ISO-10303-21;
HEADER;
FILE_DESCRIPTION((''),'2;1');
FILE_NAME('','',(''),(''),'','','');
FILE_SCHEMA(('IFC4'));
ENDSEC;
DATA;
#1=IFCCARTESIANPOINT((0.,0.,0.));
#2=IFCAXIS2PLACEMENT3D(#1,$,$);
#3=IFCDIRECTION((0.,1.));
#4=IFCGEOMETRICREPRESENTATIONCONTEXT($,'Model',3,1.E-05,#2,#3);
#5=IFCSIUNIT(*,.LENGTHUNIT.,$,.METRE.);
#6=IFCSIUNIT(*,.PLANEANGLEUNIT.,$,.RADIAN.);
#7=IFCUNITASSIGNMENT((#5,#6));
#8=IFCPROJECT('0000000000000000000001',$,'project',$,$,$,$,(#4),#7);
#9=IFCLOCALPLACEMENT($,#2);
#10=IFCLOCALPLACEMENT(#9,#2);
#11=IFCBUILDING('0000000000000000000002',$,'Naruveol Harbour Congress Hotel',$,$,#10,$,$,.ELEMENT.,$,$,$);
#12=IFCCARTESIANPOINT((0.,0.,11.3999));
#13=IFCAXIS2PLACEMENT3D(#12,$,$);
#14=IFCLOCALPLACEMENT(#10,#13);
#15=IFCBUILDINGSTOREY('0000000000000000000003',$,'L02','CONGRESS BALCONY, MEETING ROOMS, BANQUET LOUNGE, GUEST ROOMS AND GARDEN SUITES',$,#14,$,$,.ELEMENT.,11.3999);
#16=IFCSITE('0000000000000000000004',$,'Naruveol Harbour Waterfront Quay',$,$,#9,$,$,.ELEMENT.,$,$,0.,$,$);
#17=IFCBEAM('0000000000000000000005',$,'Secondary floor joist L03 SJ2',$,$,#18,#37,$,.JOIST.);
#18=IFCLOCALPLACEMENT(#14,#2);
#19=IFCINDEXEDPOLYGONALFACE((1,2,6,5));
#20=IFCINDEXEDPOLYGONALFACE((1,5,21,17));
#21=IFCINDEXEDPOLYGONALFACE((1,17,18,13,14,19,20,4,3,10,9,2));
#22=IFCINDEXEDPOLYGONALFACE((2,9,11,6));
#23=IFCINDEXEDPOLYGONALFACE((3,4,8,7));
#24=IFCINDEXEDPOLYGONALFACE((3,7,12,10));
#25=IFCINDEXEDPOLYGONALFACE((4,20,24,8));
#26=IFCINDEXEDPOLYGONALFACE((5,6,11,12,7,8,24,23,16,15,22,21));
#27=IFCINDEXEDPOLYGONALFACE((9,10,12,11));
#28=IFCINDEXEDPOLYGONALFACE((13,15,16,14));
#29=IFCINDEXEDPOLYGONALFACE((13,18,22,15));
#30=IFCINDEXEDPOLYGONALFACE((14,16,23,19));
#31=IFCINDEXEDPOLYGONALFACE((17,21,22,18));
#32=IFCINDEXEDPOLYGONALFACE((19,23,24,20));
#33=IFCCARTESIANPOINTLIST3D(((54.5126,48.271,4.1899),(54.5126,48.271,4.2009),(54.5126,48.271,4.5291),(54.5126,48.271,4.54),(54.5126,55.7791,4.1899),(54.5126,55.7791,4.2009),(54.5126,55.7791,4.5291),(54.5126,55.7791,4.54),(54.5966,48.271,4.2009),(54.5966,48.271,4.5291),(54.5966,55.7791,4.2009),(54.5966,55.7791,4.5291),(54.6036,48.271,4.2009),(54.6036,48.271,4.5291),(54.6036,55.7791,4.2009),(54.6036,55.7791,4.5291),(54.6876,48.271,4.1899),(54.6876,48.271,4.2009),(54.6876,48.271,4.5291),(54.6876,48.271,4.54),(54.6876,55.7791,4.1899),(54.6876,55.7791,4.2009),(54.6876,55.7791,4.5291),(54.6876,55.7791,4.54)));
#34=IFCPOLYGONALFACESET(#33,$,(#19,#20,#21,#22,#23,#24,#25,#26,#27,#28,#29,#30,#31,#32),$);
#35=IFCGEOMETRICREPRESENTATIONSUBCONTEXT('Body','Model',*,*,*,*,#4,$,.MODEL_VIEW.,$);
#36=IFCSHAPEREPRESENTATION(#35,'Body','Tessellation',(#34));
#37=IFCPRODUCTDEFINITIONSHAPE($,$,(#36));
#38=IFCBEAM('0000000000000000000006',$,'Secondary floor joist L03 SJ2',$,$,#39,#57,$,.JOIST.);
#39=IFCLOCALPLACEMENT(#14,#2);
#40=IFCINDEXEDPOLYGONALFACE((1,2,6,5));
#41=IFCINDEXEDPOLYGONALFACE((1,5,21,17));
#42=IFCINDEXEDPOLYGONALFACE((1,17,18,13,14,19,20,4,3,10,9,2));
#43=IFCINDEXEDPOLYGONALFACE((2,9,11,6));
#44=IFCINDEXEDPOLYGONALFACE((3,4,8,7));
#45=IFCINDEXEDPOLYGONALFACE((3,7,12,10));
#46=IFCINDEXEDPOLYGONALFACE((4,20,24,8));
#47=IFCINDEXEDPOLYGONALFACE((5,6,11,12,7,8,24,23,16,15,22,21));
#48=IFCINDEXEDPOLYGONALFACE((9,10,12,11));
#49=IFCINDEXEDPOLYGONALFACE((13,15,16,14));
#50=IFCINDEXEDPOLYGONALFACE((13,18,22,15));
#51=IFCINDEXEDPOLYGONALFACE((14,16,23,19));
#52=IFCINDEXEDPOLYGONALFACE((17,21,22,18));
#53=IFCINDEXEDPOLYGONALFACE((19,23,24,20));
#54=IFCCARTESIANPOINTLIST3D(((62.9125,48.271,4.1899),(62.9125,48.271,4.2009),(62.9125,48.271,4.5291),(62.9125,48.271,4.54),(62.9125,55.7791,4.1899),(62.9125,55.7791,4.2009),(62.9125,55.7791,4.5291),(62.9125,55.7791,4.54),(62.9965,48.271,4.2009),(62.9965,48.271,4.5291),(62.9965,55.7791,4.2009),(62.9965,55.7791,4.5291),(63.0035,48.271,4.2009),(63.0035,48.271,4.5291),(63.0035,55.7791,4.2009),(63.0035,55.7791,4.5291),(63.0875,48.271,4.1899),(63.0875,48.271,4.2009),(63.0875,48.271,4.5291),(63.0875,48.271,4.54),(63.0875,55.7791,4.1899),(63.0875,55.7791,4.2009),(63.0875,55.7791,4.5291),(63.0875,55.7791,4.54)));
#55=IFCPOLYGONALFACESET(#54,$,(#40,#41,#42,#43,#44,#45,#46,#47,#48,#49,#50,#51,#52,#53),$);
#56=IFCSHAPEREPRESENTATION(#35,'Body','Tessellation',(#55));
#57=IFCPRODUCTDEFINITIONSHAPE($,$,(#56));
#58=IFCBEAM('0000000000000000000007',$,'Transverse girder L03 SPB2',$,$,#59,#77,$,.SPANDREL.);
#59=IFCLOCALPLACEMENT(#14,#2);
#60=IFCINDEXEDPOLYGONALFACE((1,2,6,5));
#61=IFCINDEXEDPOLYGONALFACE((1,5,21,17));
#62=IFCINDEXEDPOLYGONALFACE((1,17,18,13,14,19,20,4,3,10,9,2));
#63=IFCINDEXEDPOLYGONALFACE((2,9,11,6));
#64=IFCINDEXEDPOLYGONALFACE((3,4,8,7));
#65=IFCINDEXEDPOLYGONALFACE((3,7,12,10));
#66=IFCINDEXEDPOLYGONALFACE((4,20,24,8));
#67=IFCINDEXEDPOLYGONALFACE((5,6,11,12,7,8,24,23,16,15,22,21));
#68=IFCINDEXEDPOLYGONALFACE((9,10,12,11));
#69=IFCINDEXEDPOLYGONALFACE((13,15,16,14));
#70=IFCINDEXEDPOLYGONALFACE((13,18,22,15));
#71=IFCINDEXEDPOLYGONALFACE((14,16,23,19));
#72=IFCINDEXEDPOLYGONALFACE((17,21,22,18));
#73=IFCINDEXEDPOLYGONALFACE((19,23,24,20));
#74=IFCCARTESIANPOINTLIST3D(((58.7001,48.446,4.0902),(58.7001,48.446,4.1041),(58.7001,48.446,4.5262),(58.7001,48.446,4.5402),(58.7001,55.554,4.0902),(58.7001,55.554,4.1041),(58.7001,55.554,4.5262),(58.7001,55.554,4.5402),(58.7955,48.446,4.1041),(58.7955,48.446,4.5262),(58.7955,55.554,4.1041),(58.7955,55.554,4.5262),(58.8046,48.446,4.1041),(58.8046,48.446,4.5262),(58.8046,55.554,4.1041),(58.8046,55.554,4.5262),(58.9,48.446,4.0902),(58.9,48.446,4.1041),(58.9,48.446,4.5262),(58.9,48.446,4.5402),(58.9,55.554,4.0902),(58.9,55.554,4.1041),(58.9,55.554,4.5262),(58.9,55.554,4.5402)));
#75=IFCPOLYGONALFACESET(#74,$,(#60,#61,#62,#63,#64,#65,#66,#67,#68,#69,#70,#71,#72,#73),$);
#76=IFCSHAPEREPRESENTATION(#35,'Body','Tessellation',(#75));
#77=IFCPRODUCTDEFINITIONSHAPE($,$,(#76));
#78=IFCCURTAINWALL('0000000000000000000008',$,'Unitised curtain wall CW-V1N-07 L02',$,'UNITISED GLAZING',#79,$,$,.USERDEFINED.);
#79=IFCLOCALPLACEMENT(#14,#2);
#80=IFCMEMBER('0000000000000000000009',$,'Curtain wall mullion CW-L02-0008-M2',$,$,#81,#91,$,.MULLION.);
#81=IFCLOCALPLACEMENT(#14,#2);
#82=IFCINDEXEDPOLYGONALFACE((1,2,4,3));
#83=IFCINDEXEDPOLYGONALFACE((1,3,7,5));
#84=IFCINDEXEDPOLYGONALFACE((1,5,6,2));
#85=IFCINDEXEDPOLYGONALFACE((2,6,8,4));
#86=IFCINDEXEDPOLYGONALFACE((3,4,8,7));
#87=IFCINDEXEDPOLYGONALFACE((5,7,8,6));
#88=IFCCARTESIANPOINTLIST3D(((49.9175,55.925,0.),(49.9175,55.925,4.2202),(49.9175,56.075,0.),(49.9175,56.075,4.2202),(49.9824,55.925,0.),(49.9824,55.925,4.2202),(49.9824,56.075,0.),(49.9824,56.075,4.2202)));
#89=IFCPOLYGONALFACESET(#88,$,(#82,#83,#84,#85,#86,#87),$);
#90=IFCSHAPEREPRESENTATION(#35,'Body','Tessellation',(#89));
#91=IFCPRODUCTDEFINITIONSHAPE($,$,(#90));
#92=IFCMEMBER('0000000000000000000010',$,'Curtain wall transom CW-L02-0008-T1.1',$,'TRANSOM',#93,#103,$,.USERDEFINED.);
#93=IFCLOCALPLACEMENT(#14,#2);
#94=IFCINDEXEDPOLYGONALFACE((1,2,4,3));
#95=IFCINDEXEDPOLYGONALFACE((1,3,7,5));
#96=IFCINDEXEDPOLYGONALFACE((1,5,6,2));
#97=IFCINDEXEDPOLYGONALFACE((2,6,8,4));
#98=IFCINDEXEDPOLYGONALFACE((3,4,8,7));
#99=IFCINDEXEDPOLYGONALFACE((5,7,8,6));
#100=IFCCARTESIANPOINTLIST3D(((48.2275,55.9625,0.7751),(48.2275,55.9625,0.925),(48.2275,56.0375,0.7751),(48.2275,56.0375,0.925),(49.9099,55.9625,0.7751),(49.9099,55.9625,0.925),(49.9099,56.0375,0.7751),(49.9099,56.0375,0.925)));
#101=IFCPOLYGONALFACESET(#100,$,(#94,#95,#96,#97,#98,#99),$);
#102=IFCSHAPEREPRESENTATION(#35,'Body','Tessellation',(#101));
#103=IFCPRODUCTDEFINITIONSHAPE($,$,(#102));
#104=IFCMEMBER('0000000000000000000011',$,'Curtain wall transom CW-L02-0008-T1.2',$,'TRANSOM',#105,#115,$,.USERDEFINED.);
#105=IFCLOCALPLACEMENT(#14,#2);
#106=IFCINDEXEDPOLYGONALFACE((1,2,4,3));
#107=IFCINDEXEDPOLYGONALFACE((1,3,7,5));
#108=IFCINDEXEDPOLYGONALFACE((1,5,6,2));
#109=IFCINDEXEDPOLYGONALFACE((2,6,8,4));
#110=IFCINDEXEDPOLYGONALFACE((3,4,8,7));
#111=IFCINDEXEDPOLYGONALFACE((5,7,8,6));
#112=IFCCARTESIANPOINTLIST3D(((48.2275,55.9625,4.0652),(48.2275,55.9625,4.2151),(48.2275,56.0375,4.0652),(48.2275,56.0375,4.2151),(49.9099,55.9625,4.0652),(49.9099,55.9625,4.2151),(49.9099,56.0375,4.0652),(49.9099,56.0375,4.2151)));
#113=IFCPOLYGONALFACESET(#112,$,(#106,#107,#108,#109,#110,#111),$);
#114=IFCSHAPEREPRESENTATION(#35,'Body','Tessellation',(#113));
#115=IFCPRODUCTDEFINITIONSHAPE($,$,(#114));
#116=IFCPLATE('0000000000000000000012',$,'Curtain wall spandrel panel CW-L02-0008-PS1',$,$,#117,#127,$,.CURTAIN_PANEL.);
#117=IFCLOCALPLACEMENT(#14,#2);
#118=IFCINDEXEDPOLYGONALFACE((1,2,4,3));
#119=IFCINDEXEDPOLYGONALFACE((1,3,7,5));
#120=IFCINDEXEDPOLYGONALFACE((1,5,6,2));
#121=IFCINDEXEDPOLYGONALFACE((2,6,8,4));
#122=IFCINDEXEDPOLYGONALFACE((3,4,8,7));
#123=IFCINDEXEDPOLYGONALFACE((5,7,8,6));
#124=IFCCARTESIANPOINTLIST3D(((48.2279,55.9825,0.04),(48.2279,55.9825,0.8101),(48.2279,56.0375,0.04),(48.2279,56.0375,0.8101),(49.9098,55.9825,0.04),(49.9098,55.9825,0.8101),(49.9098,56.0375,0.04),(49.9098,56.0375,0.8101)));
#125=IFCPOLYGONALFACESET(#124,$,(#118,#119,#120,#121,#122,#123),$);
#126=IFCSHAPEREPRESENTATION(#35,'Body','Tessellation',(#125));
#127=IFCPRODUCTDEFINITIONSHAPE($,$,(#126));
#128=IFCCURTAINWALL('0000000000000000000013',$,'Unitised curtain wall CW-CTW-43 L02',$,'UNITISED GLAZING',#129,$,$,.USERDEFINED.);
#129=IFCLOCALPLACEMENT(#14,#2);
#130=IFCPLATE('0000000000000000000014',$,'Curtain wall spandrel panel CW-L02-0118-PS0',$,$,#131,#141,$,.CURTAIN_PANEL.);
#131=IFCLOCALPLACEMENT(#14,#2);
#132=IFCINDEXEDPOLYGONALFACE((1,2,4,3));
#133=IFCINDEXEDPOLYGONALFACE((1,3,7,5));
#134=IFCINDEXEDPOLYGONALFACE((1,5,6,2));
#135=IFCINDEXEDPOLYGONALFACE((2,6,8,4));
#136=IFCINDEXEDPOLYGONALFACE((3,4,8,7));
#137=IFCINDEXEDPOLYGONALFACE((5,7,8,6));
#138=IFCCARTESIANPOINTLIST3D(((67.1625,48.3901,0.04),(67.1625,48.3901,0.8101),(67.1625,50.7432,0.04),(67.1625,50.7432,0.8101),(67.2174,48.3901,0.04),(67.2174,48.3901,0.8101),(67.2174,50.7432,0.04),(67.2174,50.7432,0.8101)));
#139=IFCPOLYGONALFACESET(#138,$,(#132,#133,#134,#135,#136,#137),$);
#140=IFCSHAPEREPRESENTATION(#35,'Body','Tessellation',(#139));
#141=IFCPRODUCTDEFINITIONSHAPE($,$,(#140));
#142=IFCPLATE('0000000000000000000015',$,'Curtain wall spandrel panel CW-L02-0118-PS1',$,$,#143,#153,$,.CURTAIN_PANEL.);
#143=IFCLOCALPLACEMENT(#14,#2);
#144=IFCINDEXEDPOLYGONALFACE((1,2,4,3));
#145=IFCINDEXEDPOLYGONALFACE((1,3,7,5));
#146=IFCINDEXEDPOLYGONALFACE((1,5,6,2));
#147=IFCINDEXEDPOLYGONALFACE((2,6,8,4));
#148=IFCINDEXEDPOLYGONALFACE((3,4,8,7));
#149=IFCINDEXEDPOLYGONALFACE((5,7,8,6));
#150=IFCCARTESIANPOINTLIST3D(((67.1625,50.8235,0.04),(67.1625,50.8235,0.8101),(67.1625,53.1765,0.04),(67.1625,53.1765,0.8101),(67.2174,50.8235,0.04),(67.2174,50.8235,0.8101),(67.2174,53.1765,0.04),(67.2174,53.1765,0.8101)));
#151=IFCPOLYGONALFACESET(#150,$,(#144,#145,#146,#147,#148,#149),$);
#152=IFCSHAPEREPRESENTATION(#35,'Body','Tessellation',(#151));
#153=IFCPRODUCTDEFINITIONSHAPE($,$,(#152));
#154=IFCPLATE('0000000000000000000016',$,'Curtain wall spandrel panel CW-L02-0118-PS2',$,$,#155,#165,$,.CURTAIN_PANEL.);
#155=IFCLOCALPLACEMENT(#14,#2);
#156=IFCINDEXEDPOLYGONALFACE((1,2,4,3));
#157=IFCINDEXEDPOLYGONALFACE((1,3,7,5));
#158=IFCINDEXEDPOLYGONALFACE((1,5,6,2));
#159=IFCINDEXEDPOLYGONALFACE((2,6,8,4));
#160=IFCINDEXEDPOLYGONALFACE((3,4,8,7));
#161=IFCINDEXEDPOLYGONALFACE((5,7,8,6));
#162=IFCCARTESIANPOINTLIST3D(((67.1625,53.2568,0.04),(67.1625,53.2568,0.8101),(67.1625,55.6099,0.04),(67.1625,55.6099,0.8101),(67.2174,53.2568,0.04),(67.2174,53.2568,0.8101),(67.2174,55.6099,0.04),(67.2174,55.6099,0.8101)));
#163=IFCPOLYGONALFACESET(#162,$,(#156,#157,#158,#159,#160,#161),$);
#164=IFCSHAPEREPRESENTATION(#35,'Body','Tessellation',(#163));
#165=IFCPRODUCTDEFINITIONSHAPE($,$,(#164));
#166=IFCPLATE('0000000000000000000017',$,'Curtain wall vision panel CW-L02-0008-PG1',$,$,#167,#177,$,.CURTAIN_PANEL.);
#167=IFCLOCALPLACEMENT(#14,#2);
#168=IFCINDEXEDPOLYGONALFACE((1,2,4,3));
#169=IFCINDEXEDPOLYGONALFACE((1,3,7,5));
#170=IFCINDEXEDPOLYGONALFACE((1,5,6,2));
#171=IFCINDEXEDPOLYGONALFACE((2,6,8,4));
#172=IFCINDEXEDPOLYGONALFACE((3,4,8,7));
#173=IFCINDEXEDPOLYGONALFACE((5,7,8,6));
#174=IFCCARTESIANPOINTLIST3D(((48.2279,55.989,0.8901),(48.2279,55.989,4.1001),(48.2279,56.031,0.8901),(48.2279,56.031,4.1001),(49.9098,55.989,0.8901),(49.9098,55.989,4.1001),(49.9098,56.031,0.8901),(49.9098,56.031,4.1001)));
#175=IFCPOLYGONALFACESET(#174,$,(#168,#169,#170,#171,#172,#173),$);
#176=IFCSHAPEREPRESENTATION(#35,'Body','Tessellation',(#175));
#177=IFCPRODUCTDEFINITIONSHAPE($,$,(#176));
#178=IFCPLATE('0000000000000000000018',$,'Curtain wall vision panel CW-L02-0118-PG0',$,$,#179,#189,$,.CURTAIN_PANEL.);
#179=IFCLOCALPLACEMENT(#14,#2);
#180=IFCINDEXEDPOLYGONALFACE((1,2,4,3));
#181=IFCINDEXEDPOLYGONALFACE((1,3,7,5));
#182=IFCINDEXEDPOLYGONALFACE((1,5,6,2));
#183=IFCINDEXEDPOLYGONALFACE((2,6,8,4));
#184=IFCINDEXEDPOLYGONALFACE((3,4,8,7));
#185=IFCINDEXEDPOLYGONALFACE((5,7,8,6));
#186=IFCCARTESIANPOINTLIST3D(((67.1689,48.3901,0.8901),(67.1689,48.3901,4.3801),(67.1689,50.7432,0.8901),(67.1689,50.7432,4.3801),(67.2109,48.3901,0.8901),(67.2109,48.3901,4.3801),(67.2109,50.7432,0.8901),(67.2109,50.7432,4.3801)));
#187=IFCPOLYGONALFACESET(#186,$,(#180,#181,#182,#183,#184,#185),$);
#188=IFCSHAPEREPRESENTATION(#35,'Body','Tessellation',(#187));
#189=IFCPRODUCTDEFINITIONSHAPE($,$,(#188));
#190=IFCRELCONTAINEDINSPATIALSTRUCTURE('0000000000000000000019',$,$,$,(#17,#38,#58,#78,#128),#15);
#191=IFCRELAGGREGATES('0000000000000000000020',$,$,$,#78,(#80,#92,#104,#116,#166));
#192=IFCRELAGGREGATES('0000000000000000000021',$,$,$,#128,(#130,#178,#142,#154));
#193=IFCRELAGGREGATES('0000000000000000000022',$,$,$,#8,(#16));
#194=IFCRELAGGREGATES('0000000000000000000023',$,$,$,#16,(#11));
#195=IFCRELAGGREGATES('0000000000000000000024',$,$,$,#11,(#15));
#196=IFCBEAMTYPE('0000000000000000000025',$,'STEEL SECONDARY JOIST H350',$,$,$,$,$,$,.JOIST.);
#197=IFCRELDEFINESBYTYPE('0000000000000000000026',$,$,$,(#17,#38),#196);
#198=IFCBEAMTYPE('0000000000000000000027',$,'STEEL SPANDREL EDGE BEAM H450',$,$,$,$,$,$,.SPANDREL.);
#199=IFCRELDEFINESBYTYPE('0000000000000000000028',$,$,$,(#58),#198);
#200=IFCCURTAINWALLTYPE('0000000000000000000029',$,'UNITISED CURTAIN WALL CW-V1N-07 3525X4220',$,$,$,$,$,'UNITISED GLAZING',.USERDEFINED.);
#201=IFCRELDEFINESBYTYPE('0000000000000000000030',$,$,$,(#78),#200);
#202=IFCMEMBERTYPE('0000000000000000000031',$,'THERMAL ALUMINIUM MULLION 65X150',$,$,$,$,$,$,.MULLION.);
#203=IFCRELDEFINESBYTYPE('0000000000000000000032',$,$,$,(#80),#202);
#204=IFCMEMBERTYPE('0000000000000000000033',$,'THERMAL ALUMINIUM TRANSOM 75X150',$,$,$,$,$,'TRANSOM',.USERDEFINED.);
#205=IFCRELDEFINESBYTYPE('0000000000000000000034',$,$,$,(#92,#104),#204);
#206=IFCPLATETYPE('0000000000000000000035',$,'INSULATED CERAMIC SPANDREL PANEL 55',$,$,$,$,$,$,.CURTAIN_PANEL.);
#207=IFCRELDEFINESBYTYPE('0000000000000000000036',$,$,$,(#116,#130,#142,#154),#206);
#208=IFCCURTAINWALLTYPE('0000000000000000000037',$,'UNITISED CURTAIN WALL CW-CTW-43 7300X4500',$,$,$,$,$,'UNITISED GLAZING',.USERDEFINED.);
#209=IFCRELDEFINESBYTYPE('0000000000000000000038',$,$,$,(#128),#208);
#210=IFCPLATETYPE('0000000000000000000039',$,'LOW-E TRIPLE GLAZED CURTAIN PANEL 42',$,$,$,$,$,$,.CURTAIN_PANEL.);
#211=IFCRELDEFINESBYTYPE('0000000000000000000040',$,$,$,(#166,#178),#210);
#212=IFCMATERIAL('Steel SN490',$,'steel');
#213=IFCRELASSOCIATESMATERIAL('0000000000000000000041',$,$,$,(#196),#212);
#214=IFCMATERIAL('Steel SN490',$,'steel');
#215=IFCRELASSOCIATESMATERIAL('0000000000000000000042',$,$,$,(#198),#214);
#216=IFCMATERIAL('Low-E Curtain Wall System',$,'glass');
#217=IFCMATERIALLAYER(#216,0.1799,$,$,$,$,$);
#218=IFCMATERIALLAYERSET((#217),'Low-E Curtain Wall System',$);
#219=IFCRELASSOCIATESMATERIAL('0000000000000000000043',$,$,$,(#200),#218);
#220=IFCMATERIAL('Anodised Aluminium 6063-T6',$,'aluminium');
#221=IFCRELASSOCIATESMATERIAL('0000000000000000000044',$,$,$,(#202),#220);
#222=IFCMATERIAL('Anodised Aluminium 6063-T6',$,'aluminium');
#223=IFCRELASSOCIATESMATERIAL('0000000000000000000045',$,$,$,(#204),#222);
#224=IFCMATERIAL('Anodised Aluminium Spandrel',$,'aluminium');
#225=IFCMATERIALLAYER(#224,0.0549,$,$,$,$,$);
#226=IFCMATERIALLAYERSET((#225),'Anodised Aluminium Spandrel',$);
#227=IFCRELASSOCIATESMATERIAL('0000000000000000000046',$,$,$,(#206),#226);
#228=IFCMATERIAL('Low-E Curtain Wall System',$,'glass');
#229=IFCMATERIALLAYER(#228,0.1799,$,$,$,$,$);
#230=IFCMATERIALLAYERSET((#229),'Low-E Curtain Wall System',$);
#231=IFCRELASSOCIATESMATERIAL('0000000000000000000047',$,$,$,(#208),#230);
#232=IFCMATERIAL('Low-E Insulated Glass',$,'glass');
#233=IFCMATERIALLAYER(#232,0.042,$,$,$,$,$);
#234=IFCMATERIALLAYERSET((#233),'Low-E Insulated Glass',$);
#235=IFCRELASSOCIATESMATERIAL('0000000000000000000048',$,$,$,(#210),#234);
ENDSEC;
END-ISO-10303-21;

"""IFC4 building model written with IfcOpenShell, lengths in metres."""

from ifc_helpers import new_model, si_unit, direction, frame, origin, origin_2d, place, context, subcontext, project, spatial, rectangle, i_section, extrude, material, layer, layer_set, material_profile, profile_set, type_object, element, aggregate, save


model = new_model("IFC4")

# Units and contexts
model_context = context("Model", 3, precision=1e-05, world=origin(), true_north=direction((0.0, 1.0)))
body_context = subcontext(model_context, "Body", "Model", "MODEL_VIEW")
ifc_project = project(units=[si_unit("LENGTHUNIT", "METRE"), si_unit("PLANEANGLEUNIT", "RADIAN")], contexts=[model_context])

# Site, building, storey
site_placement = place(None, origin())
site = spatial("IfcSite", under=ifc_project, at=site_placement, Name="Naruveol Harbour Waterfront Quay", CompositionType="ELEMENT", RefElevation=0.0)
building_placement = place(site_placement, origin())
building = spatial("IfcBuilding", under=site, at=building_placement, Name="Naruveol Harbour Congress Hotel", CompositionType="ELEMENT")
storey_placement = place(building_placement, frame((0.0, 0.0, 11.3999)))
storey = spatial("IfcBuildingStorey", under=building, at=storey_placement, Name="L02", Description="CONGRESS BALCONY, MEETING ROOMS, BANQUET LOUNGE, GUEST ROOMS AND GARDEN SUITES", CompositionType="ELEMENT", Elevation=11.3999)

# Beams
ifc_material_1 = material(Name="Steel SN490", Category="steel")
ifc_material_profile_1 = material_profile(ifc_material_1, i_section(OverallWidth=0.175, OverallDepth=0.3501, WebThickness=0.0071, FlangeThickness=0.011, at=origin_2d()), Name="H-350x175x7x11")
ifc_profile_set_1 = profile_set([ifc_material_profile_1], Name="Steel SN490")
beam_type_1 = type_object("IfcBeamType", Name="STEEL SECONDARY JOIST H350", PredefinedType="JOIST", material=ifc_profile_set_1)
for number, where, z_axis, x_axis, name in (
    (1, (54.6001, 48.271, 4.365), (0.0, 1.0, 0.0), (-1.0, 0.0, 0.0), "Secondary floor joist L03 SJ2"),
    (2, (63.0, 48.271, 4.365), (0.0, 1.0, 0.0), (-1.0, 0.0, 0.0), "Secondary floor joist L03 SJ2"),
):
    element("IfcBeam", number, at=place(storey_placement, frame(where, z_axis=z_axis, x_axis=x_axis)), inside=storey, type_object=beam_type_1, Name=name, PredefinedType="JOIST", context=body_context, shape_type="SweptSolid", body=[
        extrude(i_section(OverallWidth=0.175, OverallDepth=0.3501, WebThickness=0.0071, FlangeThickness=0.011, at=origin_2d()), origin(), (0.0, 0.0, 1.0), 7.5081),
    ])
ifc_material_2 = material(Name="Steel SN490", Category="steel")
ifc_material_profile_2 = material_profile(ifc_material_2, i_section(OverallWidth=0.2, OverallDepth=0.45, WebThickness=0.009, FlangeThickness=0.0139, at=origin_2d()), Name="H-450x200x9x14")
ifc_profile_set_2 = profile_set([ifc_material_profile_2], Name="Steel SN490")
beam_type_2 = type_object("IfcBeamType", Name="STEEL SPANDREL EDGE BEAM H450", PredefinedType="SPANDREL", material=ifc_profile_set_2)
beam_1_placement = place(storey_placement, frame((58.8, 48.446, 4.3152), z_axis=(0.0, 1.0, 0.0), x_axis=(-1.0, 0.0, 0.0)))
element("IfcBeam", 3, at=beam_1_placement, inside=storey, type_object=beam_type_2, Name="Transverse girder L03 SPB2", PredefinedType="SPANDREL", context=body_context, shape_type="SweptSolid", body=[
    extrude(i_section(OverallWidth=0.2, OverallDepth=0.45, WebThickness=0.009, FlangeThickness=0.0139, at=origin_2d()), origin(), (0.0, 0.0, 1.0), 7.1079),
])

# Curtain wall, members, plate
ifc_material_3 = material(Name="Low-E Curtain Wall System", Category="glass")
ifc_layer_1 = layer(ifc_material_3, 0.1799)
ifc_layer_set_1 = layer_set([ifc_layer_1], Name="Low-E Curtain Wall System")
curtain_wall_type_1 = type_object("IfcCurtainWallType", Name="UNITISED CURTAIN WALL CW-V1N-07 3525X4220", ElementType="UNITISED GLAZING", PredefinedType="USERDEFINED", material=ifc_layer_set_1)
curtain_wall_1_placement = place(storey_placement, origin())
curtain_wall_1 = element("IfcCurtainWall", 4, at=curtain_wall_1_placement, inside=storey, type_object=curtain_wall_type_1, Name="Unitised curtain wall CW-V1N-07 L02", ObjectType="UNITISED GLAZING", PredefinedType="USERDEFINED")
ifc_material_4 = material(Name="Anodised Aluminium 6063-T6", Category="aluminium")
ifc_material_profile_3 = material_profile(ifc_material_4, rectangle(XDim=0.0649, YDim=0.1499, at=origin_2d()), Name="ALU-65x150")
ifc_profile_set_3 = profile_set([ifc_material_profile_3], Name="Anodised Aluminium 6063-T6")
member_type_1 = type_object("IfcMemberType", Name="THERMAL ALUMINIUM MULLION 65X150", PredefinedType="MULLION", material=ifc_profile_set_3)
member_1_placement = place(storey_placement, frame((49.95, 56.0, 0.0), z_axis=(0.0, 0.0, 1.0), x_axis=(1.0, 0.0, 0.0)))
member_1 = element("IfcMember", 5, at=member_1_placement, type_object=member_type_1, Name="Curtain wall mullion CW-L02-0008-M2", PredefinedType="MULLION", context=body_context, shape_type="SweptSolid", body=[
    extrude(rectangle(XDim=0.0649, YDim=0.1499, at=origin_2d()), origin(), (0.0, 0.0, 1.0), 4.2202),
])
ifc_material_5 = material(Name="Anodised Aluminium 6063-T6", Category="aluminium")
ifc_material_profile_4 = material_profile(ifc_material_5, rectangle(XDim=0.075, YDim=0.1499, at=origin_2d()), Name="ALU-75x150")
ifc_profile_set_4 = profile_set([ifc_material_profile_4], Name="Anodised Aluminium 6063-T6")
member_type_2 = type_object("IfcMemberType", Name="THERMAL ALUMINIUM TRANSOM 75X150", ElementType="TRANSOM", PredefinedType="USERDEFINED", material=ifc_profile_set_4)
member_2_placement = place(storey_placement, frame((48.2275, 56.0, 0.8501), z_axis=(1.0, 0.0, 0.0), x_axis=(0.0, 1.0, 0.0)))
member_2 = element("IfcMember", 6, at=member_2_placement, type_object=member_type_2, Name="Curtain wall transom CW-L02-0008-T1.1", ObjectType="TRANSOM", PredefinedType="USERDEFINED", context=body_context, shape_type="SweptSolid", body=[
    extrude(rectangle(XDim=0.075, YDim=0.1499, at=origin_2d()), origin(), (0.0, 0.0, 1.0), 1.6824),
])
member_3_placement = place(storey_placement, frame((48.2275, 56.0, 4.1401), z_axis=(1.0, 0.0, 0.0), x_axis=(0.0, 1.0, 0.0)))
member_3 = element("IfcMember", 7, at=member_3_placement, type_object=member_type_2, Name="Curtain wall transom CW-L02-0008-T1.2", ObjectType="TRANSOM", PredefinedType="USERDEFINED", context=body_context, shape_type="SweptSolid", body=[
    extrude(rectangle(XDim=0.075, YDim=0.1499, at=origin_2d()), origin(), (0.0, 0.0, 1.0), 1.6824),
])
ifc_material_6 = material(Name="Anodised Aluminium Spandrel", Category="aluminium")
ifc_layer_2 = layer(ifc_material_6, 0.0549)
ifc_layer_set_2 = layer_set([ifc_layer_2], Name="Anodised Aluminium Spandrel")
plate_type_1 = type_object("IfcPlateType", Name="INSULATED CERAMIC SPANDREL PANEL 55", PredefinedType="CURTAIN_PANEL", material=ifc_layer_set_2)
plate_1_placement = place(storey_placement, frame((49.0688, 56.01, 0.04), z_axis=(0.0, 0.0, 1.0), x_axis=(1.0, 0.0, 0.0)))
plate_1 = element("IfcPlate", 8, at=plate_1_placement, type_object=plate_type_1, Name="Curtain wall spandrel panel CW-L02-0008-PS1", PredefinedType="CURTAIN_PANEL", context=body_context, shape_type="SweptSolid", body=[
    extrude(rectangle(XDim=1.6819, YDim=0.0549, at=origin_2d()), origin(), (0.0, 0.0, 1.0), 0.77),
])

# Curtain wall, plates
ifc_material_7 = material(Name="Low-E Curtain Wall System", Category="glass")
ifc_layer_3 = layer(ifc_material_7, 0.1799)
ifc_layer_set_3 = layer_set([ifc_layer_3], Name="Low-E Curtain Wall System")
curtain_wall_type_2 = type_object("IfcCurtainWallType", Name="UNITISED CURTAIN WALL CW-CTW-43 7300X4500", ElementType="UNITISED GLAZING", PredefinedType="USERDEFINED", material=ifc_layer_set_3)
curtain_wall_2_placement = place(storey_placement, origin())
curtain_wall_2 = element("IfcCurtainWall", 9, at=curtain_wall_2_placement, inside=storey, type_object=curtain_wall_type_2, Name="Unitised curtain wall CW-CTW-43 L02", ObjectType="UNITISED GLAZING", PredefinedType="USERDEFINED")
plate_2_placement = place(storey_placement, frame((67.1899, 49.5667, 0.04), z_axis=(0.0, 0.0, 1.0), x_axis=(0.0, 1.0, 0.0)))
plate_2 = element("IfcPlate", 10, at=plate_2_placement, type_object=plate_type_1, Name="Curtain wall spandrel panel CW-L02-0118-PS0", PredefinedType="CURTAIN_PANEL", context=body_context, shape_type="SweptSolid", body=[
    extrude(rectangle(XDim=2.353, YDim=0.0549, at=origin_2d()), origin(), (0.0, 0.0, 1.0), 0.77),
])
plate_3_placement = place(storey_placement, frame((67.1899, 52.0, 0.04), z_axis=(0.0, 0.0, 1.0), x_axis=(0.0, 1.0, 0.0)))
plate_3 = element("IfcPlate", 11, at=plate_3_placement, type_object=plate_type_1, Name="Curtain wall spandrel panel CW-L02-0118-PS1", PredefinedType="CURTAIN_PANEL", context=body_context, shape_type="SweptSolid", body=[
    extrude(rectangle(XDim=2.353, YDim=0.0549, at=origin_2d()), origin(), (0.0, 0.0, 1.0), 0.77),
])
plate_4_placement = place(storey_placement, frame((67.1899, 54.4333, 0.04), z_axis=(0.0, 0.0, 1.0), x_axis=(0.0, 1.0, 0.0)))
plate_4 = element("IfcPlate", 12, at=plate_4_placement, type_object=plate_type_1, Name="Curtain wall spandrel panel CW-L02-0118-PS2", PredefinedType="CURTAIN_PANEL", context=body_context, shape_type="SweptSolid", body=[
    extrude(rectangle(XDim=2.353, YDim=0.0549, at=origin_2d()), origin(), (0.0, 0.0, 1.0), 0.77),
])

# Plates
ifc_material_8 = material(Name="Low-E Insulated Glass", Category="glass")
ifc_layer_4 = layer(ifc_material_8, 0.042)
ifc_layer_set_4 = layer_set([ifc_layer_4], Name="Low-E Insulated Glass")
plate_type_2 = type_object("IfcPlateType", Name="LOW-E TRIPLE GLAZED CURTAIN PANEL 42", PredefinedType="CURTAIN_PANEL", material=ifc_layer_set_4)
plate_5_placement = place(storey_placement, frame((49.0688, 56.01, 0.8901), z_axis=(0.0, 0.0, 1.0), x_axis=(1.0, 0.0, 0.0)))
plate_5 = element("IfcPlate", 13, at=plate_5_placement, type_object=plate_type_2, Name="Curtain wall vision panel CW-L02-0008-PG1", PredefinedType="CURTAIN_PANEL", context=body_context, shape_type="SweptSolid", body=[
    extrude(rectangle(XDim=1.6819, YDim=0.042, at=origin_2d()), origin(), (0.0, 0.0, 1.0), 3.21),
])
aggregate(curtain_wall_1, [member_1, member_2, member_3, plate_1, plate_5])
plate_6_placement = place(storey_placement, frame((67.1899, 49.5667, 0.8901), z_axis=(0.0, 0.0, 1.0), x_axis=(0.0, 1.0, 0.0)))
plate_6 = element("IfcPlate", 14, at=plate_6_placement, type_object=plate_type_2, Name="Curtain wall vision panel CW-L02-0118-PG0", PredefinedType="CURTAIN_PANEL", context=body_context, shape_type="SweptSolid", body=[
    extrude(rectangle(XDim=2.353, YDim=0.042, at=origin_2d()), origin(), (0.0, 0.0, 1.0), 3.49),
])
aggregate(curtain_wall_2, [plate_2, plate_6, plate_3, plate_4])

save(model, "model.ifc")
